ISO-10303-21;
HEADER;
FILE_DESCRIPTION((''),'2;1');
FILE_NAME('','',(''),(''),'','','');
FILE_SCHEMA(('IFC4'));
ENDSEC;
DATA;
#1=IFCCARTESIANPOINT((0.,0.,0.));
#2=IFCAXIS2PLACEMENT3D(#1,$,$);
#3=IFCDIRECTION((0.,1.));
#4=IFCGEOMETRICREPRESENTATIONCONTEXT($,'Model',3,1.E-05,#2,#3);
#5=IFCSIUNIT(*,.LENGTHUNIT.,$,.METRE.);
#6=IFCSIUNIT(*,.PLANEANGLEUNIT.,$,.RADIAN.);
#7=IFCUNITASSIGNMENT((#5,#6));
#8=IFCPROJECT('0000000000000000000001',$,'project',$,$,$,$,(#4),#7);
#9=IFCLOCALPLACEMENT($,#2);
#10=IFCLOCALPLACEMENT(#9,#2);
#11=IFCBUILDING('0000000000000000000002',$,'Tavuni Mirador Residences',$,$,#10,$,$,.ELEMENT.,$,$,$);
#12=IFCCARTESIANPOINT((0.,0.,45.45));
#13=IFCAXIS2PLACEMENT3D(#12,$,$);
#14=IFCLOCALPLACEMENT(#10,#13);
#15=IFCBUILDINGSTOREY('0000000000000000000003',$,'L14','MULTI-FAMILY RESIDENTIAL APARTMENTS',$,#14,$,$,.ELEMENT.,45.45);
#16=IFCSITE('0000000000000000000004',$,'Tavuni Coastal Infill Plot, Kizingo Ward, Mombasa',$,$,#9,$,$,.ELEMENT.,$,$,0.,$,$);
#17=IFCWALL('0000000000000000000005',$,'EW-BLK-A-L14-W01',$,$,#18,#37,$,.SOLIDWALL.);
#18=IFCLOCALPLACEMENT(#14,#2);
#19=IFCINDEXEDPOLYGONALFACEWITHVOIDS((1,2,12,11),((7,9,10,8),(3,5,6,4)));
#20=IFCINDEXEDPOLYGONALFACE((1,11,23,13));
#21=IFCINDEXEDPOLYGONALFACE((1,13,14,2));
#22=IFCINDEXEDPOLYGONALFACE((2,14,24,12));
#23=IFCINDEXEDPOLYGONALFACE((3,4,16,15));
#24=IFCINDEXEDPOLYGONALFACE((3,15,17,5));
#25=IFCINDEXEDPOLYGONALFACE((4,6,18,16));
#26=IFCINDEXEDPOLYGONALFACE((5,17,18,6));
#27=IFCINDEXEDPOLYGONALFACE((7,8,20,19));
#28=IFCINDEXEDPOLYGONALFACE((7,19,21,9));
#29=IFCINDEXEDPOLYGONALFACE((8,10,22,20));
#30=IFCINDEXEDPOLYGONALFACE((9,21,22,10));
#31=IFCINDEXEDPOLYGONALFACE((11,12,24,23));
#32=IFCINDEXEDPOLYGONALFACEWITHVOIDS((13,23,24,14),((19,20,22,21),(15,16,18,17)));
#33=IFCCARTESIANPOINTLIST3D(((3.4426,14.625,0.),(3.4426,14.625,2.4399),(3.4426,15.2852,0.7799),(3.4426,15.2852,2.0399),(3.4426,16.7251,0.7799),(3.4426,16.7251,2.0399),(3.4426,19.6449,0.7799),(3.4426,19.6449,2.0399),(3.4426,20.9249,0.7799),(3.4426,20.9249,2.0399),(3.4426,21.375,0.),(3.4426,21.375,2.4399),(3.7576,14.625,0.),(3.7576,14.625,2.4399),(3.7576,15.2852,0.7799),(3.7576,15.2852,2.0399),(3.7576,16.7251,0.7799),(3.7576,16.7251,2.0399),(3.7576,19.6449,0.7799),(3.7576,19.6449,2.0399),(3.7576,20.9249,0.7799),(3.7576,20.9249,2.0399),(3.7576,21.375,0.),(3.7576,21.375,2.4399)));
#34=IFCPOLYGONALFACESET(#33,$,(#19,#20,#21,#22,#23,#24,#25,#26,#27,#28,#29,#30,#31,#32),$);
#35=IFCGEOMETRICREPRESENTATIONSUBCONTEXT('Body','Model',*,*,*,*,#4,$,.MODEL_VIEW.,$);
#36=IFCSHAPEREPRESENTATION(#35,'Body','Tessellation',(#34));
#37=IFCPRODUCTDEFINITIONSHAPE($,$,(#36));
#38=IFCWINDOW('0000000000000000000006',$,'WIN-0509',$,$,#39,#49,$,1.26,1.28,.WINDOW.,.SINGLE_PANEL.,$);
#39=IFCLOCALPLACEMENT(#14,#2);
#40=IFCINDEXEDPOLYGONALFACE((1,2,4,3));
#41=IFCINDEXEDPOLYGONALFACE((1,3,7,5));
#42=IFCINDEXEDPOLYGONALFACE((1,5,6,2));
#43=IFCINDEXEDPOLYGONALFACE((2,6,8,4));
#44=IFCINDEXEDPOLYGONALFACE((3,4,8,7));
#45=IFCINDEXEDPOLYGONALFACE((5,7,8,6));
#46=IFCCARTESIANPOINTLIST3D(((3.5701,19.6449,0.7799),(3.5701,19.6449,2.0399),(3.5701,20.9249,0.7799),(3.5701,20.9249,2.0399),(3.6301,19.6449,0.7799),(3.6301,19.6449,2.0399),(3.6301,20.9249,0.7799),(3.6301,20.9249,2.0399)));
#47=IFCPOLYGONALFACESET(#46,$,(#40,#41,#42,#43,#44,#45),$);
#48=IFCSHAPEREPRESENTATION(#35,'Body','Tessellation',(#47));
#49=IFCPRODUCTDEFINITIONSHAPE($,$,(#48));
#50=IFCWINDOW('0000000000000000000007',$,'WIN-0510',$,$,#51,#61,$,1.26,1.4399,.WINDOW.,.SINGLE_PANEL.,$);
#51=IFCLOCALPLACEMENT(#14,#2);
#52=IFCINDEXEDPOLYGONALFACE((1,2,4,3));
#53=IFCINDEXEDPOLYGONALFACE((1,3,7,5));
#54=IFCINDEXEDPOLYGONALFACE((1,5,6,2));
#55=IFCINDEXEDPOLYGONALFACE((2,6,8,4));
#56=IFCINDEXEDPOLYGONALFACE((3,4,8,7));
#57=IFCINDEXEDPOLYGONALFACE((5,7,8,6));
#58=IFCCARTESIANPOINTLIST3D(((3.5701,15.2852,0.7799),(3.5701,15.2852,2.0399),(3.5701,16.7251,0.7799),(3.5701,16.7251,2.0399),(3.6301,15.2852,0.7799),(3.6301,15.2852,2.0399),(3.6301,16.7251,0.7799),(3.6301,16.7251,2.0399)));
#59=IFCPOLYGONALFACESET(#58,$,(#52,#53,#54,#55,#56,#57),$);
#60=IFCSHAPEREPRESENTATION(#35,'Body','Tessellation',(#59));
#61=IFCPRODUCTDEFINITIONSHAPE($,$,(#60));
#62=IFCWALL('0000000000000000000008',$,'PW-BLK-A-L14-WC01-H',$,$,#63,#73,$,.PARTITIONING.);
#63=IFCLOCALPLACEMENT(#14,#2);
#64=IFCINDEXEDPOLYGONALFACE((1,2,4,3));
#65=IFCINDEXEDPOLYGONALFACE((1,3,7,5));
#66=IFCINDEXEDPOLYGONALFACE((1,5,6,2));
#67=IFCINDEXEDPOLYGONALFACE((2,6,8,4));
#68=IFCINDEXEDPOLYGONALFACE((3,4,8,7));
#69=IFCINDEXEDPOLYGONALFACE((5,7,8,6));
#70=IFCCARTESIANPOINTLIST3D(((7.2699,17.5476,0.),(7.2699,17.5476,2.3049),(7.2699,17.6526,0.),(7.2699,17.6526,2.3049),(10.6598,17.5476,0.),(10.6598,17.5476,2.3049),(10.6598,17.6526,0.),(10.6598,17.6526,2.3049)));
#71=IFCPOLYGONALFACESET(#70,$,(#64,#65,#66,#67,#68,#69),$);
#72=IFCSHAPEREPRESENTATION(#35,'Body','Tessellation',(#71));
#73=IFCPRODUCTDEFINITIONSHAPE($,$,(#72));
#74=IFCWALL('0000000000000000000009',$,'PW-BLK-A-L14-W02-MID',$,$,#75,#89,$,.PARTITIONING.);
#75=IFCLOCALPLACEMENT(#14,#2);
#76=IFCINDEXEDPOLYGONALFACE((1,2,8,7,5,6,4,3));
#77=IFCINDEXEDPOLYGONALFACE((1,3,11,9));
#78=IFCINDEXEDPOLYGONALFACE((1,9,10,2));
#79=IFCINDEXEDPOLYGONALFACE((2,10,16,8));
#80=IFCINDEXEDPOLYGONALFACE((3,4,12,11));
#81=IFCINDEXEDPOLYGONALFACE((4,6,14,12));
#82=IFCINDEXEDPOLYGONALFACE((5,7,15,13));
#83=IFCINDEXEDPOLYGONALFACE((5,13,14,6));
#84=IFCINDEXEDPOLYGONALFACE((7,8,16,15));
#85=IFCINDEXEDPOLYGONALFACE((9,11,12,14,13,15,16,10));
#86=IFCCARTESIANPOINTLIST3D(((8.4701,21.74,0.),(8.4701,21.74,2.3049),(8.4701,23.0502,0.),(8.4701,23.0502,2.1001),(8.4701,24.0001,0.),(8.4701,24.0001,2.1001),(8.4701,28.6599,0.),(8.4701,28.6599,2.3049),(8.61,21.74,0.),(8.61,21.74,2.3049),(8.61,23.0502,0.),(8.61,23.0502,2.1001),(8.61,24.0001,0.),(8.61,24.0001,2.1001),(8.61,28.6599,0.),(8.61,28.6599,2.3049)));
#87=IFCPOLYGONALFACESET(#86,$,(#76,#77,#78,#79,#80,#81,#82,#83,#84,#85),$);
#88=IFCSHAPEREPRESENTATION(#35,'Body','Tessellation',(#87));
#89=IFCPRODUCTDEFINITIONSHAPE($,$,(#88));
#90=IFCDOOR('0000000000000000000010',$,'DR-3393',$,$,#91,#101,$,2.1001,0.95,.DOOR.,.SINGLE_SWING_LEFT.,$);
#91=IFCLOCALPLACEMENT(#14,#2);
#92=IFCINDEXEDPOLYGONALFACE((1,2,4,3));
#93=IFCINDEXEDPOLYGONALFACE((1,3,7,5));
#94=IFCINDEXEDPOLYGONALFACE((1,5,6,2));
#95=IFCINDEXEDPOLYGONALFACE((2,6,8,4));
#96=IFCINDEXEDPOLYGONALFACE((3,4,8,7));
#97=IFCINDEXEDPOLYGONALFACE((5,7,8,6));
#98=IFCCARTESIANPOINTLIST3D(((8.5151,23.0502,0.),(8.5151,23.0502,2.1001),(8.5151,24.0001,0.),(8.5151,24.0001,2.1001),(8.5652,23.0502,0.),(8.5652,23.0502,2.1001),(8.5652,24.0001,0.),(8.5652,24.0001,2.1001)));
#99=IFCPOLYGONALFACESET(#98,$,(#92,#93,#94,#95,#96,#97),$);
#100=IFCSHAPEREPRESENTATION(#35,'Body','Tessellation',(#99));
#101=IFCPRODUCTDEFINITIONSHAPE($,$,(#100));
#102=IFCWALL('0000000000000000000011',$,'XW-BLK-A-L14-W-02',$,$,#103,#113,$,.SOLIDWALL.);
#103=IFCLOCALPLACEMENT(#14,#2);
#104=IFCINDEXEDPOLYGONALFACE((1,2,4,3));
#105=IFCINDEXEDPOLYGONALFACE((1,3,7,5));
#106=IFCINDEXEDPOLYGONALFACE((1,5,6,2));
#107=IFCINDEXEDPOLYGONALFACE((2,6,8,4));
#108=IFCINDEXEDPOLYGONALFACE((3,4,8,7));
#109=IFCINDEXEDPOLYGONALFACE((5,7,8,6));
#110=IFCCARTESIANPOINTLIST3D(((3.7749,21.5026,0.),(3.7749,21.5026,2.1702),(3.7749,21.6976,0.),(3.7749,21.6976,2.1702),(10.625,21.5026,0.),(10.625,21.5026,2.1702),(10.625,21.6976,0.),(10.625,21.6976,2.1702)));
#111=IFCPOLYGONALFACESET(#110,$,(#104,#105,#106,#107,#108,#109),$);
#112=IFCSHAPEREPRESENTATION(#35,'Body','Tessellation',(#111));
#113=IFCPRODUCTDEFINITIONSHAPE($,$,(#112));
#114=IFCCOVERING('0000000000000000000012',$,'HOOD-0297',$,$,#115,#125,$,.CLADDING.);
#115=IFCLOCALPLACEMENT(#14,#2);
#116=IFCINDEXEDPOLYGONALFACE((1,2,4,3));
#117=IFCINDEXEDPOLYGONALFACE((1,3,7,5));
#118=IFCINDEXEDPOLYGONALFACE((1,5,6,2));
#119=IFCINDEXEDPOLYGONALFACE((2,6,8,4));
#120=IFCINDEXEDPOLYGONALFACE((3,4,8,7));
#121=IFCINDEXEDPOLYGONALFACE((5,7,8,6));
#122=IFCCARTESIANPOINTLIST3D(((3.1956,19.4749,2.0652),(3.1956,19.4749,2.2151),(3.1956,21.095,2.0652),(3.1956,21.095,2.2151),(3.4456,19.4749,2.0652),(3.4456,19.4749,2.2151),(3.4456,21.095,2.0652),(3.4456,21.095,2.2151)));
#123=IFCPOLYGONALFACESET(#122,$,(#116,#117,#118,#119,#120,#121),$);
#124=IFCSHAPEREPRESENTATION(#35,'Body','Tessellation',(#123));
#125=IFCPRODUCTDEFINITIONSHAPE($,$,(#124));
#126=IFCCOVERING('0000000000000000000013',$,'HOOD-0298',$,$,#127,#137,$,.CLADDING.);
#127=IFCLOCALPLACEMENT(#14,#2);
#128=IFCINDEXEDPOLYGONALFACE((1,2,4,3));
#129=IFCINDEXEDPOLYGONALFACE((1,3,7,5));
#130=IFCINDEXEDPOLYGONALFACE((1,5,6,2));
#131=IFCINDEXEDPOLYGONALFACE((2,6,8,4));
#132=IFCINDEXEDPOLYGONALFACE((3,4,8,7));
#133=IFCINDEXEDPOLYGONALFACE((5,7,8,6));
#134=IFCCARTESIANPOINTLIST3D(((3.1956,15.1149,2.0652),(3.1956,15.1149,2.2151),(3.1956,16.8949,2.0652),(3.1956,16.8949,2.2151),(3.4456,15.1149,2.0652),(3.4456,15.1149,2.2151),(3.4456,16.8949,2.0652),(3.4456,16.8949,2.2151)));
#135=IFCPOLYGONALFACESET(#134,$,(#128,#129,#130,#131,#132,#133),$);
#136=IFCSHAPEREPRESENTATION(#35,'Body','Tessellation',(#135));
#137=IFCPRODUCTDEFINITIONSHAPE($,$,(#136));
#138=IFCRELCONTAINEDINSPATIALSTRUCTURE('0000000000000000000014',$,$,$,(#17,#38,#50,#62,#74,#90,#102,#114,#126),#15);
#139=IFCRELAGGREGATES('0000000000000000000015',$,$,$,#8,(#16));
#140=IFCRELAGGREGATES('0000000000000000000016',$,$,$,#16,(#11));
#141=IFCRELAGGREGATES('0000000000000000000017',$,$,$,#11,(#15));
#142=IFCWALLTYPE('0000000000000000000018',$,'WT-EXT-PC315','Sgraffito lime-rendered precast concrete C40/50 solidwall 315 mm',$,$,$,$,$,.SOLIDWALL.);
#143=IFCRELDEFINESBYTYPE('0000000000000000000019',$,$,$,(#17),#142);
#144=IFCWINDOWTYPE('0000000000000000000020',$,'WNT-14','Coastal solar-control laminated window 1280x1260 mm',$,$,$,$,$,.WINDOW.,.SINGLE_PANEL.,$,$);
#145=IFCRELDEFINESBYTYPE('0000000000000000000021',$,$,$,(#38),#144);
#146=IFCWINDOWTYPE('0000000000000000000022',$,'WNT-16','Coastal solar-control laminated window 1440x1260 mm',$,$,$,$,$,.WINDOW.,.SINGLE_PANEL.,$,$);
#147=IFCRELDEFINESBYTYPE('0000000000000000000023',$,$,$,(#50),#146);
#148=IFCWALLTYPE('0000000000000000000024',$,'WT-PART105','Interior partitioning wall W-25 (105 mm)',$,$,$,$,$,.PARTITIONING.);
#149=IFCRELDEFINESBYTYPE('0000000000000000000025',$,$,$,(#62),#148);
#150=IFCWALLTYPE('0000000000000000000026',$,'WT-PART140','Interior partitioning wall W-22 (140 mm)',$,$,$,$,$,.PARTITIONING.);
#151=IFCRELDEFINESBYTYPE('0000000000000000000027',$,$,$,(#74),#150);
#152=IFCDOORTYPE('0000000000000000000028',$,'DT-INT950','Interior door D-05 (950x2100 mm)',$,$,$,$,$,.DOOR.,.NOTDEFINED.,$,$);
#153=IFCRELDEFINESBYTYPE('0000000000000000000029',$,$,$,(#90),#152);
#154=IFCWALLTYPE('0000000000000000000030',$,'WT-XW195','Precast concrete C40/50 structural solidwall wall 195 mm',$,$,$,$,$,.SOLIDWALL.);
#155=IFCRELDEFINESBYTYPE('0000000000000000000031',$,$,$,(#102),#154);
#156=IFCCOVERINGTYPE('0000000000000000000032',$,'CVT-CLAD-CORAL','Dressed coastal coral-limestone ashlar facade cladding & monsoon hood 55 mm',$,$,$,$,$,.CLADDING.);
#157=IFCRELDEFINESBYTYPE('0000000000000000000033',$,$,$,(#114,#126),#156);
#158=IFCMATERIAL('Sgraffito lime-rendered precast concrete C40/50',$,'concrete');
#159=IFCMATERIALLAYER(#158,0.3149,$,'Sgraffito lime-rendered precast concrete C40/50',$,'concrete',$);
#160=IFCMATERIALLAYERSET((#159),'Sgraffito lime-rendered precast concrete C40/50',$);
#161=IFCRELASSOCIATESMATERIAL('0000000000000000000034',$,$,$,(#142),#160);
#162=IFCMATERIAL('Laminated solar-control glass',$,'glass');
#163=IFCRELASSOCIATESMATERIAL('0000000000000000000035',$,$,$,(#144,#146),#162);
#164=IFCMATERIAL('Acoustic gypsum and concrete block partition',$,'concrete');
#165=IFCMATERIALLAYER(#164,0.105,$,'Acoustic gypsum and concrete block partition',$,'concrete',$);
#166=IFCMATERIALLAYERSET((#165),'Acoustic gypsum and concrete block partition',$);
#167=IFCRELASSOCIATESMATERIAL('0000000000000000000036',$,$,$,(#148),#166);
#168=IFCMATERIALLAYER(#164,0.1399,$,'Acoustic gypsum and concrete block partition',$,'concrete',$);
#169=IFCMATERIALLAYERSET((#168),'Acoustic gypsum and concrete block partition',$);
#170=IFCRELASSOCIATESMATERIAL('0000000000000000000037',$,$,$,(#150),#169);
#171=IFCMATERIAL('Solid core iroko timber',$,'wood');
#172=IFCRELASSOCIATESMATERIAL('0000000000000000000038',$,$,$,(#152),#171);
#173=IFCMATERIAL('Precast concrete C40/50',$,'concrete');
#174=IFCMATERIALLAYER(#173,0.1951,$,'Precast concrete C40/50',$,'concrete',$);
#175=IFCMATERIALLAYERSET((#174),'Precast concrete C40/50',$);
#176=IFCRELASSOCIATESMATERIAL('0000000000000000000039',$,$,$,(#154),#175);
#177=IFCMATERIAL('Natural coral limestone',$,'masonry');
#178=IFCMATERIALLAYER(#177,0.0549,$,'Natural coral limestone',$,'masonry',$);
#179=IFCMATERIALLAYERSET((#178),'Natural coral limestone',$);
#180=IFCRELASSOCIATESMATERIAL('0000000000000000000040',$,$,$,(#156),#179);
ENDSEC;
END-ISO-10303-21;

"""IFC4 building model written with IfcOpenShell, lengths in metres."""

from ifc_helpers import new_model, si_unit, direction, frame, frame_2d, origin, origin_2d, place, context, subcontext, project, spatial, rectangle, extrude, material, layer, layer_set, type_object, element, fill, save


model = new_model("IFC4")

# Units and contexts
model_context = context("Model", 3, precision=1e-05, world=origin(), true_north=direction((0.0, 1.0)))
body_context = subcontext(model_context, "Body", "Model", "MODEL_VIEW")
ifc_project = project(units=[si_unit("LENGTHUNIT", "METRE"), si_unit("PLANEANGLEUNIT", "RADIAN")], contexts=[model_context])

# Site, building, storey
site_placement = place(None, origin())
site = spatial("IfcSite", under=ifc_project, at=site_placement, Name="Tavuni Coastal Infill Plot, Kizingo Ward, Mombasa", CompositionType="ELEMENT", RefElevation=0.0)
building_placement = place(site_placement, origin())
building = spatial("IfcBuilding", under=site, at=building_placement, Name="Tavuni Mirador Residences", CompositionType="ELEMENT")
storey_placement = place(building_placement, frame((0.0, 0.0, 45.45)))
storey = spatial("IfcBuildingStorey", under=building, at=storey_placement, Name="L14", Description="MULTI-FAMILY RESIDENTIAL APARTMENTS", CompositionType="ELEMENT", Elevation=45.45)

# Shared definitions
ifc_material_1 = material(Name="Precast concrete C40/50", Category="concrete")

# Shared definitions
ifc_material_2 = material(Name="Solid core iroko timber", Category="wood")

# Wall, openings, windows
ifc_material_3 = material(Name="Sgraffito lime-rendered precast concrete C40/50", Category="concrete")
ifc_layer_1 = layer(ifc_material_3, 0.3149, Name="Sgraffito lime-rendered precast concrete C40/50", Category="concrete")
ifc_layer_set_1 = layer_set([ifc_layer_1], Name="Sgraffito lime-rendered precast concrete C40/50")
wall_type_1 = type_object("IfcWallType", Name="WT-EXT-PC315", Description="Sgraffito lime-rendered precast concrete C40/50 solidwall 315 mm", PredefinedType="SOLIDWALL", material=ifc_layer_set_1)
wall_1_placement = place(storey_placement, frame((3.6001, 21.375, 0.0), z_axis=(0.0, 0.0, 1.0), x_axis=(0.0, -1.0, 0.0)))
wall_1 = element("IfcWall", 1, at=wall_1_placement, inside=storey, type_object=wall_type_1, Name="EW-BLK-A-L14-W01", PredefinedType="SOLIDWALL", context=body_context, shape_type="SweptSolid", body=[
    extrude(rectangle(XDim=6.75, YDim=0.3149, at=frame_2d((3.375, 0.0))), origin(), (0.0, 0.0, 1.0), 2.4399),
])
opening_1_placement = place(wall_1_placement, frame((0.45, 0.0, 0.78)))
opening_1 = element("IfcOpeningElement", 2, at=opening_1_placement, cuts=wall_1, PredefinedType="OPENING", context=body_context, shape_type="SweptSolid", body=[
    extrude(rectangle(XDim=1.28, YDim=1.26, at=frame_2d((0.6401, 0.6299))), frame((0.0, 0.1675, 0.0), z_axis=(0.0, -1.0, 0.0), x_axis=(1.0, 0.0, 0.0)), (0.0, 0.0, 1.0), 0.335),
])
opening_2_placement = place(wall_1_placement, frame((4.6499, 0.0, 0.78)))
opening_2 = element("IfcOpeningElement", 3, at=opening_2_placement, cuts=wall_1, PredefinedType="OPENING", context=body_context, shape_type="SweptSolid", body=[
    extrude(rectangle(XDim=1.4399, YDim=1.26, at=frame_2d((0.72, 0.6299))), frame((0.0, 0.1675, 0.0), z_axis=(0.0, -1.0, 0.0), x_axis=(1.0, 0.0, 0.0)), (0.0, 0.0, 1.0), 0.335),
])
ifc_material_4 = material(Name="Laminated solar-control glass", Category="glass")
window_type_1 = type_object("IfcWindowType", Name="WNT-14", Description="Coastal solar-control laminated window 1280x1260 mm", PartitioningType="SINGLE_PANEL", PredefinedType="WINDOW", material=ifc_material_4)
window_1_placement = place(opening_1_placement, origin())
window_1 = element("IfcWindow", 4, at=window_1_placement, inside=storey, type_object=window_type_1, Name="WIN-0509", OverallHeight=1.26, OverallWidth=1.28, PartitioningType="SINGLE_PANEL", PredefinedType="WINDOW", context=body_context, shape_type="SweptSolid", body=[
    extrude(rectangle(XDim=1.28, YDim=1.26, at=frame_2d((0.6401, 0.6299))), frame((0.0, 0.03, 0.0), z_axis=(0.0, -1.0, 0.0), x_axis=(1.0, 0.0, 0.0)), (0.0, 0.0, 1.0), 0.0601),
])
fill(opening_1, window_1)
window_type_2 = type_object("IfcWindowType", Name="WNT-16", Description="Coastal solar-control laminated window 1440x1260 mm", PartitioningType="SINGLE_PANEL", PredefinedType="WINDOW", material=ifc_material_4)
window_2_placement = place(opening_2_placement, origin())
window_2 = element("IfcWindow", 5, at=window_2_placement, inside=storey, type_object=window_type_2, Name="WIN-0510", OverallHeight=1.26, OverallWidth=1.4399, PartitioningType="SINGLE_PANEL", PredefinedType="WINDOW", context=body_context, shape_type="SweptSolid", body=[
    extrude(rectangle(XDim=1.4399, YDim=1.26, at=frame_2d((0.72, 0.6299))), frame((0.0, 0.03, 0.0), z_axis=(0.0, -1.0, 0.0), x_axis=(1.0, 0.0, 0.0)), (0.0, 0.0, 1.0), 0.0601),
])
fill(opening_2, window_2)

# Wall
ifc_material_5 = material(Name="Acoustic gypsum and concrete block partition", Category="concrete")
ifc_layer_2 = layer(ifc_material_5, 0.105, Name="Acoustic gypsum and concrete block partition", Category="concrete")
ifc_layer_set_2 = layer_set([ifc_layer_2], Name="Acoustic gypsum and concrete block partition")
wall_type_2 = type_object("IfcWallType", Name="WT-PART105", Description="Interior partitioning wall W-25 (105 mm)", PredefinedType="PARTITIONING", material=ifc_layer_set_2)
wall_2_placement = place(storey_placement, frame((7.27, 17.6001, 0.0), z_axis=(0.0, 0.0, 1.0), x_axis=(1.0, 0.0, 0.0)))
element("IfcWall", 6, at=wall_2_placement, inside=storey, type_object=wall_type_2, Name="PW-BLK-A-L14-WC01-H", PredefinedType="PARTITIONING", context=body_context, shape_type="SweptSolid", body=[
    extrude(rectangle(XDim=3.3899, YDim=0.105, at=frame_2d((1.6948, 0.0))), origin(), (0.0, 0.0, 1.0), 2.3049),
])

# Wall, opening, door
ifc_layer_3 = layer(ifc_material_5, 0.1399, Name="Acoustic gypsum and concrete block partition", Category="concrete")
ifc_layer_set_3 = layer_set([ifc_layer_3], Name="Acoustic gypsum and concrete block partition")
wall_type_3 = type_object("IfcWallType", Name="WT-PART140", Description="Interior partitioning wall W-22 (140 mm)", PredefinedType="PARTITIONING", material=ifc_layer_set_3)
wall_3_placement = place(storey_placement, frame((8.54, 21.74, 0.0), z_axis=(0.0, 0.0, 1.0), x_axis=(0.0, 1.0, 0.0)))
wall_3 = element("IfcWall", 7, at=wall_3_placement, inside=storey, type_object=wall_type_3, Name="PW-BLK-A-L14-W02-MID", PredefinedType="PARTITIONING", context=body_context, shape_type="SweptSolid", body=[
    extrude(rectangle(XDim=6.9199, YDim=0.1399, at=frame_2d((3.46, 0.0))), origin(), (0.0, 0.0, 1.0), 2.3049),
])
opening_3_placement = place(wall_3_placement, frame((1.3101, 0.0, 0.0)))
opening_3 = element("IfcOpeningElement", 8, at=opening_3_placement, cuts=wall_3, PredefinedType="OPENING", context=body_context, shape_type="SweptSolid", body=[
    extrude(rectangle(XDim=0.95, YDim=2.1001, at=frame_2d((0.4751, 1.05))), frame((0.0, 0.0801, 0.0), z_axis=(0.0, -1.0, 0.0), x_axis=(1.0, 0.0, 0.0)), (0.0, 0.0, 1.0), 0.1599),
])
door_type_1 = type_object("IfcDoorType", Name="DT-INT950", Description="Interior door D-05 (950x2100 mm)", OperationType="NOTDEFINED", PredefinedType="DOOR", material=ifc_material_2)
door_1_placement = place(opening_3_placement, origin())
door_1 = element("IfcDoor", 9, at=door_1_placement, inside=storey, type_object=door_type_1, Name="DR-3393", OperationType="SINGLE_SWING_LEFT", OverallHeight=2.1001, OverallWidth=0.95, PredefinedType="DOOR", context=body_context, shape_type="SweptSolid", body=[
    extrude(rectangle(XDim=0.95, YDim=2.1001, at=frame_2d((0.4751, 1.05))), frame((0.0, 0.0249, 0.0), z_axis=(0.0, -1.0, 0.0), x_axis=(1.0, 0.0, 0.0)), (0.0, 0.0, 1.0), 0.05),
])
fill(opening_3, door_1)

# Wall
ifc_layer_4 = layer(ifc_material_1, 0.1951, Name="Precast concrete C40/50", Category="concrete")
ifc_layer_set_4 = layer_set([ifc_layer_4], Name="Precast concrete C40/50")
wall_type_4 = type_object("IfcWallType", Name="WT-XW195", Description="Precast concrete C40/50 structural solidwall wall 195 mm", PredefinedType="SOLIDWALL", material=ifc_layer_set_4)
wall_4_placement = place(storey_placement, frame((3.7749, 21.6001, 0.0), z_axis=(0.0, 0.0, 1.0), x_axis=(1.0, 0.0, 0.0)))
element("IfcWall", 10, at=wall_4_placement, inside=storey, type_object=wall_type_4, Name="XW-BLK-A-L14-W-02", PredefinedType="SOLIDWALL", context=body_context, shape_type="SweptSolid", body=[
    extrude(rectangle(XDim=6.8501, YDim=0.1951, at=frame_2d((3.425, 0.0))), origin(), (0.0, 0.0, 1.0), 2.1702),
])

# Coverings
ifc_material_6 = material(Name="Natural coral limestone", Category="masonry")
ifc_layer_5 = layer(ifc_material_6, 0.0549, Name="Natural coral limestone", Category="masonry")
ifc_layer_set_5 = layer_set([ifc_layer_5], Name="Natural coral limestone")
covering_type = type_object("IfcCoveringType", Name="CVT-CLAD-CORAL", Description="Dressed coastal coral-limestone ashlar facade cladding & monsoon hood 55 mm", PredefinedType="CLADDING", material=ifc_layer_set_5)
covering_1_placement = place(storey_placement, frame((3.3206, 20.2849, 2.0652), z_axis=(0.0, 0.0, 1.0), x_axis=(0.0, -1.0, 0.0)))
element("IfcCovering", 11, at=covering_1_placement, inside=storey, type_object=covering_type, Name="HOOD-0297", PredefinedType="CLADDING", context=body_context, shape_type="SweptSolid", body=[
    extrude(rectangle(XDim=1.6201, YDim=0.25, at=origin_2d()), origin(), (0.0, 0.0, 1.0), 0.1499),
])
covering_2_placement = place(storey_placement, frame((3.3206, 16.0049, 2.0652), z_axis=(0.0, 0.0, 1.0), x_axis=(0.0, -1.0, 0.0)))
element("IfcCovering", 12, at=covering_2_placement, inside=storey, type_object=covering_type, Name="HOOD-0298", PredefinedType="CLADDING", context=body_context, shape_type="SweptSolid", body=[
    extrude(rectangle(XDim=1.78, YDim=0.25, at=origin_2d()), origin(), (0.0, 0.0, 1.0), 0.1499),
])

save(model, "model.ifc")
